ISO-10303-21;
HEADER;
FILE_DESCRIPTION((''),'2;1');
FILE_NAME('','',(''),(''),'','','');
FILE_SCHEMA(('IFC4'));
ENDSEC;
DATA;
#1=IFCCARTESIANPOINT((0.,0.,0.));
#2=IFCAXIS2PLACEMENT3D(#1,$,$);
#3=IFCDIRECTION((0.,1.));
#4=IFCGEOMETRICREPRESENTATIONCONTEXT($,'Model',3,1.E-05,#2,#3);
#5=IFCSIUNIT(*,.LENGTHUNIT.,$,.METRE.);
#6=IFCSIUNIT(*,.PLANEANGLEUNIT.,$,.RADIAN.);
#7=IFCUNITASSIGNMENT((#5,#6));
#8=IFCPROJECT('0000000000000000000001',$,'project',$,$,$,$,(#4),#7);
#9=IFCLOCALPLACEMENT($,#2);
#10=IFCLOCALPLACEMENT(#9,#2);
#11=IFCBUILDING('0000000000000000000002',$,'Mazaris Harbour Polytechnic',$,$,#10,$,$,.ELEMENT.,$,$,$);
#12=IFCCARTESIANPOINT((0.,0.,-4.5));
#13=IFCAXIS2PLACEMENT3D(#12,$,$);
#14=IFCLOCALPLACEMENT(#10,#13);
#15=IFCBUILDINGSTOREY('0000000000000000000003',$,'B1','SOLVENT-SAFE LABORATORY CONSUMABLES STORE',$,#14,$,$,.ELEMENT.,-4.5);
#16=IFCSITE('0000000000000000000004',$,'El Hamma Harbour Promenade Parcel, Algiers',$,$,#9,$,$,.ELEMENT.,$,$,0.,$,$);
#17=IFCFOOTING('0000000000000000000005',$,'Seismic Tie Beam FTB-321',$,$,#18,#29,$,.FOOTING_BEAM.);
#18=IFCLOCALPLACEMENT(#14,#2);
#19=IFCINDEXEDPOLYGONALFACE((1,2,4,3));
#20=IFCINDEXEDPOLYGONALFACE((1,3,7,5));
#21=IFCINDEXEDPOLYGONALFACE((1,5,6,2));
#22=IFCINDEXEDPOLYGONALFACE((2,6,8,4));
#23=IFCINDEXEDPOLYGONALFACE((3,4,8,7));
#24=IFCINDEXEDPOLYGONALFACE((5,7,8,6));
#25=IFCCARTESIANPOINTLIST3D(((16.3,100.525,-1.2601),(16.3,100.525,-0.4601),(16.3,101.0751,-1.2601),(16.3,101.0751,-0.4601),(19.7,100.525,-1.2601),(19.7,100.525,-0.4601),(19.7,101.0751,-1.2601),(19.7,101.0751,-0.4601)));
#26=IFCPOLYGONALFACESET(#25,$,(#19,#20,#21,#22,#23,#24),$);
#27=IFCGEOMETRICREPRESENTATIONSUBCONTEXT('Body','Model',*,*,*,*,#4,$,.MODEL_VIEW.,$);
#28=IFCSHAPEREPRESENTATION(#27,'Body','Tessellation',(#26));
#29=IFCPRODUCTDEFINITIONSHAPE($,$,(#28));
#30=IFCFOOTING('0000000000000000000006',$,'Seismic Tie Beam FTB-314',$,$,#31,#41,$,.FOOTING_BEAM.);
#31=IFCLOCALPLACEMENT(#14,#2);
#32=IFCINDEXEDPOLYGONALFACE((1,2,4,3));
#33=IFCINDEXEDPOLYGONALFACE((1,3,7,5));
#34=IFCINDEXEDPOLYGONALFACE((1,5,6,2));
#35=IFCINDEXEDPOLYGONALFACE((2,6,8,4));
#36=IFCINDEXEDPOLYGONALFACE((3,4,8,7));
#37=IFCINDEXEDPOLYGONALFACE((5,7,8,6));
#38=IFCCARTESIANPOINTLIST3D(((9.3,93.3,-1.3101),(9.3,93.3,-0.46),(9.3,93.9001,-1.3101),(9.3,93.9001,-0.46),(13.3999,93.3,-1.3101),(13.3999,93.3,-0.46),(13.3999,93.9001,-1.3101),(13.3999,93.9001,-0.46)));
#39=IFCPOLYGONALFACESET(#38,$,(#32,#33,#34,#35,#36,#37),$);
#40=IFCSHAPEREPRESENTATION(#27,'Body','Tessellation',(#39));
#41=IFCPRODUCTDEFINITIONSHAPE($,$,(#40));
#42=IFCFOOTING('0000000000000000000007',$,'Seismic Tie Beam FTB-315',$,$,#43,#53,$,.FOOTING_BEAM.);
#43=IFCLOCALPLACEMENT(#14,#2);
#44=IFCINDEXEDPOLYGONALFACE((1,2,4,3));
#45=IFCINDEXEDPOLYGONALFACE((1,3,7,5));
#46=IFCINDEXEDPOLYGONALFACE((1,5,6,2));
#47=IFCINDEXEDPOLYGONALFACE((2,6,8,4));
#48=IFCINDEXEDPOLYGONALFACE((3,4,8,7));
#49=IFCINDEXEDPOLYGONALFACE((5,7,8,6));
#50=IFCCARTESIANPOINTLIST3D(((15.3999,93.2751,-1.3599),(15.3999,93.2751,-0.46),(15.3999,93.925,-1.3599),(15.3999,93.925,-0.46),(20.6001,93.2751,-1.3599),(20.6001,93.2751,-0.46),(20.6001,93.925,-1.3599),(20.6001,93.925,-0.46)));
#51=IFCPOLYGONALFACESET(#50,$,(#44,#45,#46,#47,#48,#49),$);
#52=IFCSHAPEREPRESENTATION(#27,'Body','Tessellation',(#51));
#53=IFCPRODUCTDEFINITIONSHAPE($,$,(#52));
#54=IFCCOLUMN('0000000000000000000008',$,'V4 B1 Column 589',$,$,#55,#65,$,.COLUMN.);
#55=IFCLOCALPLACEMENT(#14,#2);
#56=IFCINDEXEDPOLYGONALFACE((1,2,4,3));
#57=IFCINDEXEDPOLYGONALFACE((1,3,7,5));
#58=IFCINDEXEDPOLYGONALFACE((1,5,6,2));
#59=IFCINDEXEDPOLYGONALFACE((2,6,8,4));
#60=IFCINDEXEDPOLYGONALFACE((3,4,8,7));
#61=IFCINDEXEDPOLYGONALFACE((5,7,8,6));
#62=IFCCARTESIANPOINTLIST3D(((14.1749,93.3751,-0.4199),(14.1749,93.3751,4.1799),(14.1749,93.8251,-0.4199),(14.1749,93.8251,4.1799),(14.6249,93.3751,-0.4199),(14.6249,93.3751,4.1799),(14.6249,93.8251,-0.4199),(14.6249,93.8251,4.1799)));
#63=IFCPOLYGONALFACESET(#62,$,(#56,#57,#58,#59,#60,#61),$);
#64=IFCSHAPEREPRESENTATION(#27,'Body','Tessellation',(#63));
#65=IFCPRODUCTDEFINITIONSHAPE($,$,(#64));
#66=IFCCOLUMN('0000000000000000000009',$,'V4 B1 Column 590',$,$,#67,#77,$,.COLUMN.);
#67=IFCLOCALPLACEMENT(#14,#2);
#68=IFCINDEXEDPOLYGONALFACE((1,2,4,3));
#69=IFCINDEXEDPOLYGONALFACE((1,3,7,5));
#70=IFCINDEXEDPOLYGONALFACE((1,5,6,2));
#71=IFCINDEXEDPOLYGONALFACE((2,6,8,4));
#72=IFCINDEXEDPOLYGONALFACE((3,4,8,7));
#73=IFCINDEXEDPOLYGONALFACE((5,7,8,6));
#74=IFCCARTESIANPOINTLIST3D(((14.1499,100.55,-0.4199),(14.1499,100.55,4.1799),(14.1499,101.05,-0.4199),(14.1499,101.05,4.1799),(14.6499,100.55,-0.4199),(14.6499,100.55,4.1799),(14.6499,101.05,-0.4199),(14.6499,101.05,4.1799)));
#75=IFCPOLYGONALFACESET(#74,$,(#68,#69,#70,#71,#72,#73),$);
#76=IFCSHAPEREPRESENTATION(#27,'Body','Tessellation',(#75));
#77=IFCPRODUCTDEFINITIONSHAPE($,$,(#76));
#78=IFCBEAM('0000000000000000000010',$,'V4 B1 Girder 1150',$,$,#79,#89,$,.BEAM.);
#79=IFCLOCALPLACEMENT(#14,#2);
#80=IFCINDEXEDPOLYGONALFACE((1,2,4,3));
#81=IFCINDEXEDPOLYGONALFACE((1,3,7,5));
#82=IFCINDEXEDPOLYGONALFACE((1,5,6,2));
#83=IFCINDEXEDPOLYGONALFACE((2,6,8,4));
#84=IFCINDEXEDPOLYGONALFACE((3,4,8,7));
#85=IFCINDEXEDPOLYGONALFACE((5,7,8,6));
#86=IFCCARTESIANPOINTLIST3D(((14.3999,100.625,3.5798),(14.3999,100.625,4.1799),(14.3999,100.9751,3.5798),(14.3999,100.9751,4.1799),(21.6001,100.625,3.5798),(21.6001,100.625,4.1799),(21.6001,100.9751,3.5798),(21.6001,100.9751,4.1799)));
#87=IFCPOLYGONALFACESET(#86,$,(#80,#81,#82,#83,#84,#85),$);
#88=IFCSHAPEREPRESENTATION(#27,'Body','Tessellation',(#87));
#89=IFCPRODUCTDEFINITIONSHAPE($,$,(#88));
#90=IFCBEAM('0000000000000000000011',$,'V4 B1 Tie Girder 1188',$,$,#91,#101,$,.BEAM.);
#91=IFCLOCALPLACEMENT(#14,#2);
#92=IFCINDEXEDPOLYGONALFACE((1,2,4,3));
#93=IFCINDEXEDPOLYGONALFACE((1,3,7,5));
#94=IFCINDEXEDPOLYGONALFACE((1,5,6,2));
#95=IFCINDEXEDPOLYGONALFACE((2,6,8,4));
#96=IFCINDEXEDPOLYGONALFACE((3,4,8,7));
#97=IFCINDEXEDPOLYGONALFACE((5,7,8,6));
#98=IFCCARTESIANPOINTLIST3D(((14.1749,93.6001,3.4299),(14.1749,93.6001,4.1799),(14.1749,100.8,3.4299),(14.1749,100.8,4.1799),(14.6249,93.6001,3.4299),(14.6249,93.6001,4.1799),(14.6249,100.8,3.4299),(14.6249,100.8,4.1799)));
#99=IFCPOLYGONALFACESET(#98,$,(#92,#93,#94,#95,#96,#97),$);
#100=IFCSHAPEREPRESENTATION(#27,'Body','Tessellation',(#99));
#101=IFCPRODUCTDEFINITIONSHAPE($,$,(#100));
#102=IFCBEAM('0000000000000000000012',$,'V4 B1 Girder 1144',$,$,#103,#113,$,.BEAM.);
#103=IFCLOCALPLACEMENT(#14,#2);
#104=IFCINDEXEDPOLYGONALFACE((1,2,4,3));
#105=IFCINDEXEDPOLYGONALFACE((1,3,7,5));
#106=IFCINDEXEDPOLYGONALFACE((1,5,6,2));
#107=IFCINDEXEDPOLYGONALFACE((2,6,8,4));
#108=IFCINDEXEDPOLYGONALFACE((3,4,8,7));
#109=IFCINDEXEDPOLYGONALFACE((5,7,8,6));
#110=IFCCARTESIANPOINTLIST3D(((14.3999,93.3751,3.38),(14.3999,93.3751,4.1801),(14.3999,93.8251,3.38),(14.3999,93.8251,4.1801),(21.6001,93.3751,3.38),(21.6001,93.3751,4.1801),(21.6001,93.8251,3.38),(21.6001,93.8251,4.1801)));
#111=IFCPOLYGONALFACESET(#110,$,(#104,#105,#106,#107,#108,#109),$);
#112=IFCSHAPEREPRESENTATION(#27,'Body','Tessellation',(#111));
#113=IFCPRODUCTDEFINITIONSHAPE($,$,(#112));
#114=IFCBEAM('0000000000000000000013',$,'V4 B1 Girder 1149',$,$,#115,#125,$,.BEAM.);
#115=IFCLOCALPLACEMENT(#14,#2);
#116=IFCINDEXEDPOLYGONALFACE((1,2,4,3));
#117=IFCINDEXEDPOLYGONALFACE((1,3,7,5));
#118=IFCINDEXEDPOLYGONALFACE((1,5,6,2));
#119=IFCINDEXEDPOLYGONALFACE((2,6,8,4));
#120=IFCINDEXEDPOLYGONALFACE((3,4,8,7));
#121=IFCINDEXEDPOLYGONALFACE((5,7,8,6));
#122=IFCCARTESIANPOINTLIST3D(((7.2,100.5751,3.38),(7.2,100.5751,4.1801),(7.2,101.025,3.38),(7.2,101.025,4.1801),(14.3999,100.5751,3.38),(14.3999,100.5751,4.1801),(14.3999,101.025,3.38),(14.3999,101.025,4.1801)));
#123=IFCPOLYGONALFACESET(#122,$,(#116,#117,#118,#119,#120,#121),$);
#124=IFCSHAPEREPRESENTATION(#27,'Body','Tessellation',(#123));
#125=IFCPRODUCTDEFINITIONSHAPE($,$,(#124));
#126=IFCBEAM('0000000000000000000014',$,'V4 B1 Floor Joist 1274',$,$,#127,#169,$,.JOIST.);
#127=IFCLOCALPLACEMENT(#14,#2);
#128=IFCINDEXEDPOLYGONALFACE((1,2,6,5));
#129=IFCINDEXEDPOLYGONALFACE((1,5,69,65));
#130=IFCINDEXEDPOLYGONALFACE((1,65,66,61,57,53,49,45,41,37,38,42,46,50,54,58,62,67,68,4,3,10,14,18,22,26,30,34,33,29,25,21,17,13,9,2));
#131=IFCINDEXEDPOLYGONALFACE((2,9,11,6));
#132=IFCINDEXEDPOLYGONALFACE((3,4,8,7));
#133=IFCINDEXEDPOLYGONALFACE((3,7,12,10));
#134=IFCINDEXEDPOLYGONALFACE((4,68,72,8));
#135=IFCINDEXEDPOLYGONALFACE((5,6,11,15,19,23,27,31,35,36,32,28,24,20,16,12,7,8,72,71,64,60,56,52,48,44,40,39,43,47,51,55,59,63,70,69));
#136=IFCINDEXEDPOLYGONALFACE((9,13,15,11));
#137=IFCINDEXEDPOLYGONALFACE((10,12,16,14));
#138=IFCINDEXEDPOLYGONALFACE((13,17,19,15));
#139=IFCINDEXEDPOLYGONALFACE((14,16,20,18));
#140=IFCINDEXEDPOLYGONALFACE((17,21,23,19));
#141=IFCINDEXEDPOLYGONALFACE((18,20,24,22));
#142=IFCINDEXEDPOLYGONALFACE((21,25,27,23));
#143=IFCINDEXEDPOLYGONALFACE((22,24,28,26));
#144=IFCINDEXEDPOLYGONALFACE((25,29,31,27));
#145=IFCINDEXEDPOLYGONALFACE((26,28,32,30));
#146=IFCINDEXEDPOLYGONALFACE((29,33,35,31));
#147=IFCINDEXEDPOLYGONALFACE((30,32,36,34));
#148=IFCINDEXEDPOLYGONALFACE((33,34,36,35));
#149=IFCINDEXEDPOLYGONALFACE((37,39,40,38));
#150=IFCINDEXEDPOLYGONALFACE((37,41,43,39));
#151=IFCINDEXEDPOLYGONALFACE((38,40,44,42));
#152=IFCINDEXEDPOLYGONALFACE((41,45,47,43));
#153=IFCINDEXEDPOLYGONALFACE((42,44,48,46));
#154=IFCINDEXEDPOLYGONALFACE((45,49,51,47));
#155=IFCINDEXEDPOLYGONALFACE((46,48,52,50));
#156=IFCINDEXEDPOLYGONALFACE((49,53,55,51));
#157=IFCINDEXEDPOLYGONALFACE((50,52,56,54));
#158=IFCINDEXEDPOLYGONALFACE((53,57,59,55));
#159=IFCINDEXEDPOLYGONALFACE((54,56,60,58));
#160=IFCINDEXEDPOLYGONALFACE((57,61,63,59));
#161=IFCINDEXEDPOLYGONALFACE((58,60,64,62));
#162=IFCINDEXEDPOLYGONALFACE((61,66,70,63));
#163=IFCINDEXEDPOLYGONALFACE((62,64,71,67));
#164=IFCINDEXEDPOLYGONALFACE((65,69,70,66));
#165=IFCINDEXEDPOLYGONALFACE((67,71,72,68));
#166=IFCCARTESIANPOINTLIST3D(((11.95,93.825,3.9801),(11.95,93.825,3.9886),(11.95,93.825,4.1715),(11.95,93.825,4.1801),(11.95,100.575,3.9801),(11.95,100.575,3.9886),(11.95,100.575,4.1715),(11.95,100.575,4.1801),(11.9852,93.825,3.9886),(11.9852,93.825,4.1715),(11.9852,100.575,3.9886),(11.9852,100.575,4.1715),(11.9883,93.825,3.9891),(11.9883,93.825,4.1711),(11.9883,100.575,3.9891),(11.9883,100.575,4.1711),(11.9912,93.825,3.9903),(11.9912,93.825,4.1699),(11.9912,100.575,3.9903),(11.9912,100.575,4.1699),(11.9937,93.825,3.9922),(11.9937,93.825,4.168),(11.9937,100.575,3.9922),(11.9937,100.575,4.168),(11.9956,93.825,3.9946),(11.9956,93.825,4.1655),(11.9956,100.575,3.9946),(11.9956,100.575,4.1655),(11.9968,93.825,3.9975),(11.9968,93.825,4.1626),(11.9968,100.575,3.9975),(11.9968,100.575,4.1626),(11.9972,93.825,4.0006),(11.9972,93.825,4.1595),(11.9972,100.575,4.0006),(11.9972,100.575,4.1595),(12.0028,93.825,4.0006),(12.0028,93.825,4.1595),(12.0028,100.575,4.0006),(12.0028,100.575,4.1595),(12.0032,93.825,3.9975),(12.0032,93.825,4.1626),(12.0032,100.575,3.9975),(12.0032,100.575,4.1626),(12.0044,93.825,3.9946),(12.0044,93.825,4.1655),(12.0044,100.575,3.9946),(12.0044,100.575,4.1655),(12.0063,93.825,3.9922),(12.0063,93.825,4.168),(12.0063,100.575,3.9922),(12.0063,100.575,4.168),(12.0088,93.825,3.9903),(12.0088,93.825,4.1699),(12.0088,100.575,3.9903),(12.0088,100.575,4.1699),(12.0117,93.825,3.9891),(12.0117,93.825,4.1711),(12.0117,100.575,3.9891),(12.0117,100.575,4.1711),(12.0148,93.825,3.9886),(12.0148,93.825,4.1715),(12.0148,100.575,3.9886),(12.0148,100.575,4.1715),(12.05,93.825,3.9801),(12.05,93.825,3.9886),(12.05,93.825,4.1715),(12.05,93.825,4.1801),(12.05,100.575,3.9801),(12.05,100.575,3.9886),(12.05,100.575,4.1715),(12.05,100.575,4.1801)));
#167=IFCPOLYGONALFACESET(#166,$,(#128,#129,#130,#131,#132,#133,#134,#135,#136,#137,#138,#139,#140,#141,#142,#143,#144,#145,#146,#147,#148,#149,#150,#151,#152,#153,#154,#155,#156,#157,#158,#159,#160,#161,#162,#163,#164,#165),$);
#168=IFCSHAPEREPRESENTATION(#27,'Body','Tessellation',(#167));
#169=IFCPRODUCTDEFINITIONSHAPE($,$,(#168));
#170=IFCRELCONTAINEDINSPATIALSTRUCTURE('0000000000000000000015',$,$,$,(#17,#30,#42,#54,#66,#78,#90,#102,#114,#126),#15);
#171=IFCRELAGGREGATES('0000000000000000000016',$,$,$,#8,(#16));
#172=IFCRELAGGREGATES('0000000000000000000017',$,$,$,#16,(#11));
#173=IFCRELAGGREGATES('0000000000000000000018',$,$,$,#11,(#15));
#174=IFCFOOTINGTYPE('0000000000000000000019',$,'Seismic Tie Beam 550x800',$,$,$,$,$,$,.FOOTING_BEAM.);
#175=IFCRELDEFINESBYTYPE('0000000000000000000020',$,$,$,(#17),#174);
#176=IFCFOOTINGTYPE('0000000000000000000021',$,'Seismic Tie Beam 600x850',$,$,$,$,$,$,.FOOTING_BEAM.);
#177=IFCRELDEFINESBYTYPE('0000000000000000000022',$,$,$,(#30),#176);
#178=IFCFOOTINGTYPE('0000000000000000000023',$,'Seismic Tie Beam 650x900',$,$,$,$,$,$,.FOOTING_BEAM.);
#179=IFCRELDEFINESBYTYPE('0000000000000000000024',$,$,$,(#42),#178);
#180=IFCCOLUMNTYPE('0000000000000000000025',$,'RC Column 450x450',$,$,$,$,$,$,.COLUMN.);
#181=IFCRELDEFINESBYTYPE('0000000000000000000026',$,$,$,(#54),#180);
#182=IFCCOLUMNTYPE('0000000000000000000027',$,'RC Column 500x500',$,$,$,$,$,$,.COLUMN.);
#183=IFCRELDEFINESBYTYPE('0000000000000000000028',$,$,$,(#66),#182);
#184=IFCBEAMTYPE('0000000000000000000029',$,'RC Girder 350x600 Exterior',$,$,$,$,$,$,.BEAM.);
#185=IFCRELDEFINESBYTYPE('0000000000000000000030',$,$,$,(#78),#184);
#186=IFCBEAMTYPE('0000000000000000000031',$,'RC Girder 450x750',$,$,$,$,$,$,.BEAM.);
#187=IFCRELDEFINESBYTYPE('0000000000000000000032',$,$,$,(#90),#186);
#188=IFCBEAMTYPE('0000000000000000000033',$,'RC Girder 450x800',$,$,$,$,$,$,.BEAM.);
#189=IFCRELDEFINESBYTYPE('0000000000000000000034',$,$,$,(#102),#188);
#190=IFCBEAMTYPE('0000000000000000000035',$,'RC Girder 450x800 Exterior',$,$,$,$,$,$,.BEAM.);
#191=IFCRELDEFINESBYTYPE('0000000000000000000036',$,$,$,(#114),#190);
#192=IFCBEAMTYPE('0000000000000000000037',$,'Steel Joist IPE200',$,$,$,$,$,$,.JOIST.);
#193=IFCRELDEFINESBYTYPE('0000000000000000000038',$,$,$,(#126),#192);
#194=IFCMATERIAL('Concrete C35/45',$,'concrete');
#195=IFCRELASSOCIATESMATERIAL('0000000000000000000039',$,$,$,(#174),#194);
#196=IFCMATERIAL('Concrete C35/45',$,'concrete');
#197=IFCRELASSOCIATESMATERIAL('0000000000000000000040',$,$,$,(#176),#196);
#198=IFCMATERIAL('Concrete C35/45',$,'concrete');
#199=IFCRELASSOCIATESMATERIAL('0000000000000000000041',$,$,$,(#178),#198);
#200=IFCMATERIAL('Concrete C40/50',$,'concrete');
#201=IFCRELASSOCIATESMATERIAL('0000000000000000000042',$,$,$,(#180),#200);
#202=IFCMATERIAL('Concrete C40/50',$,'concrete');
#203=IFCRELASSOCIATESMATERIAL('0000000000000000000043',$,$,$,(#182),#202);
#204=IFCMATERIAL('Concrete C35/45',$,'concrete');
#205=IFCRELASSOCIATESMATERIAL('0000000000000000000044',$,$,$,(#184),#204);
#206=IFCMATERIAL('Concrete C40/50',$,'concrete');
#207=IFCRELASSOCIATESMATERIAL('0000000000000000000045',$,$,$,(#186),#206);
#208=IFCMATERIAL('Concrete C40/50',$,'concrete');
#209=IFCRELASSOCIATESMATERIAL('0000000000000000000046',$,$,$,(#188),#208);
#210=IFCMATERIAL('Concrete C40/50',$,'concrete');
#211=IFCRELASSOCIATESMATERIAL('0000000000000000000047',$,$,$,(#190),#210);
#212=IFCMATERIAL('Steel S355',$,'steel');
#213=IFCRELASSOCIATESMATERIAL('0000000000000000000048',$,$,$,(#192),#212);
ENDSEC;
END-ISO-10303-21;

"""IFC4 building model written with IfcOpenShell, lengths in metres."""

from ifc_helpers import new_model, si_unit, direction, frame, origin, origin_2d, place, context, subcontext, project, spatial, rectangle, i_section, extrude, material, material_profile, profile_set, type_object, element, save


model = new_model("IFC4")

# Units and contexts
model_context = context("Model", 3, precision=1e-05, world=origin(), true_north=direction((0.0, 1.0)))
body_context = subcontext(model_context, "Body", "Model", "MODEL_VIEW")
ifc_project = project(units=[si_unit("LENGTHUNIT", "METRE"), si_unit("PLANEANGLEUNIT", "RADIAN")], contexts=[model_context])

# Site, building, storey
site_placement = place(None, origin())
site = spatial("IfcSite", under=ifc_project, at=site_placement, Name="El Hamma Harbour Promenade Parcel, Algiers", CompositionType="ELEMENT", RefElevation=0.0)
building_placement = place(site_placement, origin())
building = spatial("IfcBuilding", under=site, at=building_placement, Name="Mazaris Harbour Polytechnic", CompositionType="ELEMENT")
storey_placement = place(building_placement, frame((0.0, 0.0, -4.5)))
storey = spatial("IfcBuildingStorey", under=building, at=storey_placement, Name="B1", Description="SOLVENT-SAFE LABORATORY CONSUMABLES STORE", CompositionType="ELEMENT", Elevation=-4.5)

# Footings
ifc_material_1 = material(Name="Concrete C35/45", Category="concrete")
ifc_material_profile_1 = material_profile(ifc_material_1, rectangle(XDim=0.55, YDim=0.8, at=origin_2d()), Name="RECT550x800")
ifc_profile_set_1 = profile_set([ifc_material_profile_1], Name="Concrete C35/45")
footing_type_1 = type_object("IfcFootingType", Name="Seismic Tie Beam 550x800", PredefinedType="FOOTING_BEAM", material=ifc_profile_set_1)
footing_1_placement = place(storey_placement, frame((16.3, 100.8, -0.8601), z_axis=(1.0, 0.0, 0.0), x_axis=(0.0, 1.0, 0.0)))
element("IfcFooting", 1, at=footing_1_placement, inside=storey, type_object=footing_type_1, Name="Seismic Tie Beam FTB-321", PredefinedType="FOOTING_BEAM", context=body_context, shape_type="SweptSolid", body=[
    extrude(rectangle(XDim=0.55, YDim=0.8, at=origin_2d()), origin(), (0.0, 0.0, 1.0), 3.3999),
])
ifc_material_2 = material(Name="Concrete C35/45", Category="concrete")
ifc_material_profile_2 = material_profile(ifc_material_2, rectangle(XDim=0.6001, YDim=0.8501, at=origin_2d()), Name="RECT600x850")
ifc_profile_set_2 = profile_set([ifc_material_profile_2], Name="Concrete C35/45")
footing_type_2 = type_object("IfcFootingType", Name="Seismic Tie Beam 600x850", PredefinedType="FOOTING_BEAM", material=ifc_profile_set_2)
footing_2_placement = place(storey_placement, frame((9.3, 93.6001, -0.885), z_axis=(1.0, 0.0, 0.0), x_axis=(0.0, 1.0, 0.0)))
element("IfcFooting", 2, at=footing_2_placement, inside=storey, type_object=footing_type_2, Name="Seismic Tie Beam FTB-314", PredefinedType="FOOTING_BEAM", context=body_context, shape_type="SweptSolid", body=[
    extrude(rectangle(XDim=0.6001, YDim=0.8501, at=origin_2d()), origin(), (0.0, 0.0, 1.0), 4.0999),
])
ifc_material_3 = material(Name="Concrete C35/45", Category="concrete")
ifc_material_profile_3 = material_profile(ifc_material_3, rectangle(XDim=0.6499, YDim=0.8999, at=origin_2d()), Name="RECT650x900")
ifc_profile_set_3 = profile_set([ifc_material_profile_3], Name="Concrete C35/45")
footing_type_3 = type_object("IfcFootingType", Name="Seismic Tie Beam 650x900", PredefinedType="FOOTING_BEAM", material=ifc_profile_set_3)
footing_3_placement = place(storey_placement, frame((15.3999, 93.6001, -0.9099), z_axis=(1.0, 0.0, 0.0), x_axis=(0.0, 1.0, 0.0)))
element("IfcFooting", 3, at=footing_3_placement, inside=storey, type_object=footing_type_3, Name="Seismic Tie Beam FTB-315", PredefinedType="FOOTING_BEAM", context=body_context, shape_type="SweptSolid", body=[
    extrude(rectangle(XDim=0.6499, YDim=0.8999, at=origin_2d()), origin(), (0.0, 0.0, 1.0), 5.2002),
])

# Columns
ifc_material_4 = material(Name="Concrete C40/50", Category="concrete")
ifc_material_profile_4 = material_profile(ifc_material_4, rectangle(XDim=0.45, YDim=0.45, at=origin_2d()), Name="RECT450x450")
ifc_profile_set_4 = profile_set([ifc_material_profile_4], Name="Concrete C40/50")
column_type_1 = type_object("IfcColumnType", Name="RC Column 450x450", PredefinedType="COLUMN", material=ifc_profile_set_4)
column_1_placement = place(storey_placement, frame((14.3999, 93.6001, -0.4199), z_axis=(0.0, 0.0, 1.0), x_axis=(1.0, 0.0, 0.0)))
element("IfcColumn", 4, at=column_1_placement, inside=storey, type_object=column_type_1, Name="V4 B1 Column 589", PredefinedType="COLUMN", context=body_context, shape_type="SweptSolid", body=[
    extrude(rectangle(XDim=0.45, YDim=0.45, at=origin_2d()), origin(), (0.0, 0.0, 1.0), 4.5999),
])
ifc_material_5 = material(Name="Concrete C40/50", Category="concrete")
ifc_material_profile_5 = material_profile(ifc_material_5, rectangle(XDim=0.5, YDim=0.5, at=origin_2d()), Name="RECT500x500")
ifc_profile_set_5 = profile_set([ifc_material_profile_5], Name="Concrete C40/50")
column_type_2 = type_object("IfcColumnType", Name="RC Column 500x500", PredefinedType="COLUMN", material=ifc_profile_set_5)
column_2_placement = place(storey_placement, frame((14.3999, 100.8, -0.4199), z_axis=(0.0, 0.0, 1.0), x_axis=(1.0, 0.0, 0.0)))
element("IfcColumn", 5, at=column_2_placement, inside=storey, type_object=column_type_2, Name="V4 B1 Column 590", PredefinedType="COLUMN", context=body_context, shape_type="SweptSolid", body=[
    extrude(rectangle(XDim=0.5, YDim=0.5, at=origin_2d()), origin(), (0.0, 0.0, 1.0), 4.5999),
])

# Beams
ifc_material_6 = material(Name="Concrete C35/45", Category="concrete")
ifc_material_profile_6 = material_profile(ifc_material_6, rectangle(XDim=0.3501, YDim=0.6001, at=origin_2d()), Name="RECT350x600")
ifc_profile_set_6 = profile_set([ifc_material_profile_6], Name="Concrete C35/45")
beam_type_1 = type_object("IfcBeamType", Name="RC Girder 350x600 Exterior", PredefinedType="BEAM", material=ifc_profile_set_6)
beam_1_placement = place(storey_placement, frame((14.3999, 100.8, 3.8799), z_axis=(1.0, 0.0, 0.0), x_axis=(0.0, 1.0, 0.0)))
element("IfcBeam", 6, at=beam_1_placement, inside=storey, type_object=beam_type_1, Name="V4 B1 Girder 1150", PredefinedType="BEAM", context=body_context, shape_type="SweptSolid", body=[
    extrude(rectangle(XDim=0.3501, YDim=0.6001, at=origin_2d()), origin(), (0.0, 0.0, 1.0), 7.2002),
])
ifc_material_7 = material(Name="Concrete C40/50", Category="concrete")
ifc_material_profile_7 = material_profile(ifc_material_7, rectangle(XDim=0.45, YDim=0.75, at=origin_2d()), Name="RECT450x750")
ifc_profile_set_7 = profile_set([ifc_material_profile_7], Name="Concrete C40/50")
beam_type_2 = type_object("IfcBeamType", Name="RC Girder 450x750", PredefinedType="BEAM", material=ifc_profile_set_7)
beam_2_placement = place(storey_placement, frame((14.3999, 93.6001, 3.8049), z_axis=(0.0, 1.0, 0.0), x_axis=(-1.0, 0.0, 0.0)))
element("IfcBeam", 7, at=beam_2_placement, inside=storey, type_object=beam_type_2, Name="V4 B1 Tie Girder 1188", PredefinedType="BEAM", context=body_context, shape_type="SweptSolid", body=[
    extrude(rectangle(XDim=0.45, YDim=0.75, at=origin_2d()), origin(), (0.0, 0.0, 1.0), 7.2),
])
ifc_material_8 = material(Name="Concrete C40/50", Category="concrete")
ifc_material_profile_8 = material_profile(ifc_material_8, rectangle(XDim=0.45, YDim=0.8, at=origin_2d()), Name="RECT450x800")
ifc_profile_set_8 = profile_set([ifc_material_profile_8], Name="Concrete C40/50")
beam_type_3 = type_object("IfcBeamType", Name="RC Girder 450x800", PredefinedType="BEAM", material=ifc_profile_set_8)
beam_3_placement = place(storey_placement, frame((14.3999, 93.6001, 3.78), z_axis=(1.0, 0.0, 0.0), x_axis=(0.0, 1.0, 0.0)))
element("IfcBeam", 8, at=beam_3_placement, inside=storey, type_object=beam_type_3, Name="V4 B1 Girder 1144", PredefinedType="BEAM", context=body_context, shape_type="SweptSolid", body=[
    extrude(rectangle(XDim=0.45, YDim=0.8, at=origin_2d()), origin(), (0.0, 0.0, 1.0), 7.2002),
])
ifc_material_9 = material(Name="Concrete C40/50", Category="concrete")
ifc_material_profile_9 = material_profile(ifc_material_9, rectangle(XDim=0.45, YDim=0.8, at=origin_2d()), Name="RECT450x800")
ifc_profile_set_9 = profile_set([ifc_material_profile_9], Name="Concrete C40/50")
beam_type_4 = type_object("IfcBeamType", Name="RC Girder 450x800 Exterior", PredefinedType="BEAM", material=ifc_profile_set_9)
beam_4_placement = place(storey_placement, frame((7.2, 100.8, 3.78), z_axis=(1.0, 0.0, 0.0), x_axis=(0.0, 1.0, 0.0)))
element("IfcBeam", 9, at=beam_4_placement, inside=storey, type_object=beam_type_4, Name="V4 B1 Girder 1149", PredefinedType="BEAM", context=body_context, shape_type="SweptSolid", body=[
    extrude(rectangle(XDim=0.45, YDim=0.8, at=origin_2d()), origin(), (0.0, 0.0, 1.0), 7.2),
])
ifc_material_10 = material(Name="Steel S355", Category="steel")
ifc_material_profile_10 = material_profile(ifc_material_10, i_section(OverallWidth=0.1001, OverallDepth=0.2, WebThickness=0.0056, FlangeThickness=0.0085, FilletRadius=0.012, at=origin_2d()), Name="IPE 200")
ifc_profile_set_10 = profile_set([ifc_material_profile_10], Name="Steel S355")
beam_type_5 = type_object("IfcBeamType", Name="Steel Joist IPE200", PredefinedType="JOIST", material=ifc_profile_set_10)
beam_5_placement = place(storey_placement, frame((12.0, 93.825, 4.0801), z_axis=(0.0, 1.0, 0.0), x_axis=(-1.0, 0.0, 0.0)))
element("IfcBeam", 10, at=beam_5_placement, inside=storey, type_object=beam_type_5, Name="V4 B1 Floor Joist 1274", PredefinedType="JOIST", context=body_context, shape_type="SweptSolid", body=[
    extrude(i_section(OverallWidth=0.1001, OverallDepth=0.2, WebThickness=0.0056, FlangeThickness=0.0085, FilletRadius=0.012, at=origin_2d()), origin(), (0.0, 0.0, 1.0), 6.75),
])

save(model, "model.ifc")
